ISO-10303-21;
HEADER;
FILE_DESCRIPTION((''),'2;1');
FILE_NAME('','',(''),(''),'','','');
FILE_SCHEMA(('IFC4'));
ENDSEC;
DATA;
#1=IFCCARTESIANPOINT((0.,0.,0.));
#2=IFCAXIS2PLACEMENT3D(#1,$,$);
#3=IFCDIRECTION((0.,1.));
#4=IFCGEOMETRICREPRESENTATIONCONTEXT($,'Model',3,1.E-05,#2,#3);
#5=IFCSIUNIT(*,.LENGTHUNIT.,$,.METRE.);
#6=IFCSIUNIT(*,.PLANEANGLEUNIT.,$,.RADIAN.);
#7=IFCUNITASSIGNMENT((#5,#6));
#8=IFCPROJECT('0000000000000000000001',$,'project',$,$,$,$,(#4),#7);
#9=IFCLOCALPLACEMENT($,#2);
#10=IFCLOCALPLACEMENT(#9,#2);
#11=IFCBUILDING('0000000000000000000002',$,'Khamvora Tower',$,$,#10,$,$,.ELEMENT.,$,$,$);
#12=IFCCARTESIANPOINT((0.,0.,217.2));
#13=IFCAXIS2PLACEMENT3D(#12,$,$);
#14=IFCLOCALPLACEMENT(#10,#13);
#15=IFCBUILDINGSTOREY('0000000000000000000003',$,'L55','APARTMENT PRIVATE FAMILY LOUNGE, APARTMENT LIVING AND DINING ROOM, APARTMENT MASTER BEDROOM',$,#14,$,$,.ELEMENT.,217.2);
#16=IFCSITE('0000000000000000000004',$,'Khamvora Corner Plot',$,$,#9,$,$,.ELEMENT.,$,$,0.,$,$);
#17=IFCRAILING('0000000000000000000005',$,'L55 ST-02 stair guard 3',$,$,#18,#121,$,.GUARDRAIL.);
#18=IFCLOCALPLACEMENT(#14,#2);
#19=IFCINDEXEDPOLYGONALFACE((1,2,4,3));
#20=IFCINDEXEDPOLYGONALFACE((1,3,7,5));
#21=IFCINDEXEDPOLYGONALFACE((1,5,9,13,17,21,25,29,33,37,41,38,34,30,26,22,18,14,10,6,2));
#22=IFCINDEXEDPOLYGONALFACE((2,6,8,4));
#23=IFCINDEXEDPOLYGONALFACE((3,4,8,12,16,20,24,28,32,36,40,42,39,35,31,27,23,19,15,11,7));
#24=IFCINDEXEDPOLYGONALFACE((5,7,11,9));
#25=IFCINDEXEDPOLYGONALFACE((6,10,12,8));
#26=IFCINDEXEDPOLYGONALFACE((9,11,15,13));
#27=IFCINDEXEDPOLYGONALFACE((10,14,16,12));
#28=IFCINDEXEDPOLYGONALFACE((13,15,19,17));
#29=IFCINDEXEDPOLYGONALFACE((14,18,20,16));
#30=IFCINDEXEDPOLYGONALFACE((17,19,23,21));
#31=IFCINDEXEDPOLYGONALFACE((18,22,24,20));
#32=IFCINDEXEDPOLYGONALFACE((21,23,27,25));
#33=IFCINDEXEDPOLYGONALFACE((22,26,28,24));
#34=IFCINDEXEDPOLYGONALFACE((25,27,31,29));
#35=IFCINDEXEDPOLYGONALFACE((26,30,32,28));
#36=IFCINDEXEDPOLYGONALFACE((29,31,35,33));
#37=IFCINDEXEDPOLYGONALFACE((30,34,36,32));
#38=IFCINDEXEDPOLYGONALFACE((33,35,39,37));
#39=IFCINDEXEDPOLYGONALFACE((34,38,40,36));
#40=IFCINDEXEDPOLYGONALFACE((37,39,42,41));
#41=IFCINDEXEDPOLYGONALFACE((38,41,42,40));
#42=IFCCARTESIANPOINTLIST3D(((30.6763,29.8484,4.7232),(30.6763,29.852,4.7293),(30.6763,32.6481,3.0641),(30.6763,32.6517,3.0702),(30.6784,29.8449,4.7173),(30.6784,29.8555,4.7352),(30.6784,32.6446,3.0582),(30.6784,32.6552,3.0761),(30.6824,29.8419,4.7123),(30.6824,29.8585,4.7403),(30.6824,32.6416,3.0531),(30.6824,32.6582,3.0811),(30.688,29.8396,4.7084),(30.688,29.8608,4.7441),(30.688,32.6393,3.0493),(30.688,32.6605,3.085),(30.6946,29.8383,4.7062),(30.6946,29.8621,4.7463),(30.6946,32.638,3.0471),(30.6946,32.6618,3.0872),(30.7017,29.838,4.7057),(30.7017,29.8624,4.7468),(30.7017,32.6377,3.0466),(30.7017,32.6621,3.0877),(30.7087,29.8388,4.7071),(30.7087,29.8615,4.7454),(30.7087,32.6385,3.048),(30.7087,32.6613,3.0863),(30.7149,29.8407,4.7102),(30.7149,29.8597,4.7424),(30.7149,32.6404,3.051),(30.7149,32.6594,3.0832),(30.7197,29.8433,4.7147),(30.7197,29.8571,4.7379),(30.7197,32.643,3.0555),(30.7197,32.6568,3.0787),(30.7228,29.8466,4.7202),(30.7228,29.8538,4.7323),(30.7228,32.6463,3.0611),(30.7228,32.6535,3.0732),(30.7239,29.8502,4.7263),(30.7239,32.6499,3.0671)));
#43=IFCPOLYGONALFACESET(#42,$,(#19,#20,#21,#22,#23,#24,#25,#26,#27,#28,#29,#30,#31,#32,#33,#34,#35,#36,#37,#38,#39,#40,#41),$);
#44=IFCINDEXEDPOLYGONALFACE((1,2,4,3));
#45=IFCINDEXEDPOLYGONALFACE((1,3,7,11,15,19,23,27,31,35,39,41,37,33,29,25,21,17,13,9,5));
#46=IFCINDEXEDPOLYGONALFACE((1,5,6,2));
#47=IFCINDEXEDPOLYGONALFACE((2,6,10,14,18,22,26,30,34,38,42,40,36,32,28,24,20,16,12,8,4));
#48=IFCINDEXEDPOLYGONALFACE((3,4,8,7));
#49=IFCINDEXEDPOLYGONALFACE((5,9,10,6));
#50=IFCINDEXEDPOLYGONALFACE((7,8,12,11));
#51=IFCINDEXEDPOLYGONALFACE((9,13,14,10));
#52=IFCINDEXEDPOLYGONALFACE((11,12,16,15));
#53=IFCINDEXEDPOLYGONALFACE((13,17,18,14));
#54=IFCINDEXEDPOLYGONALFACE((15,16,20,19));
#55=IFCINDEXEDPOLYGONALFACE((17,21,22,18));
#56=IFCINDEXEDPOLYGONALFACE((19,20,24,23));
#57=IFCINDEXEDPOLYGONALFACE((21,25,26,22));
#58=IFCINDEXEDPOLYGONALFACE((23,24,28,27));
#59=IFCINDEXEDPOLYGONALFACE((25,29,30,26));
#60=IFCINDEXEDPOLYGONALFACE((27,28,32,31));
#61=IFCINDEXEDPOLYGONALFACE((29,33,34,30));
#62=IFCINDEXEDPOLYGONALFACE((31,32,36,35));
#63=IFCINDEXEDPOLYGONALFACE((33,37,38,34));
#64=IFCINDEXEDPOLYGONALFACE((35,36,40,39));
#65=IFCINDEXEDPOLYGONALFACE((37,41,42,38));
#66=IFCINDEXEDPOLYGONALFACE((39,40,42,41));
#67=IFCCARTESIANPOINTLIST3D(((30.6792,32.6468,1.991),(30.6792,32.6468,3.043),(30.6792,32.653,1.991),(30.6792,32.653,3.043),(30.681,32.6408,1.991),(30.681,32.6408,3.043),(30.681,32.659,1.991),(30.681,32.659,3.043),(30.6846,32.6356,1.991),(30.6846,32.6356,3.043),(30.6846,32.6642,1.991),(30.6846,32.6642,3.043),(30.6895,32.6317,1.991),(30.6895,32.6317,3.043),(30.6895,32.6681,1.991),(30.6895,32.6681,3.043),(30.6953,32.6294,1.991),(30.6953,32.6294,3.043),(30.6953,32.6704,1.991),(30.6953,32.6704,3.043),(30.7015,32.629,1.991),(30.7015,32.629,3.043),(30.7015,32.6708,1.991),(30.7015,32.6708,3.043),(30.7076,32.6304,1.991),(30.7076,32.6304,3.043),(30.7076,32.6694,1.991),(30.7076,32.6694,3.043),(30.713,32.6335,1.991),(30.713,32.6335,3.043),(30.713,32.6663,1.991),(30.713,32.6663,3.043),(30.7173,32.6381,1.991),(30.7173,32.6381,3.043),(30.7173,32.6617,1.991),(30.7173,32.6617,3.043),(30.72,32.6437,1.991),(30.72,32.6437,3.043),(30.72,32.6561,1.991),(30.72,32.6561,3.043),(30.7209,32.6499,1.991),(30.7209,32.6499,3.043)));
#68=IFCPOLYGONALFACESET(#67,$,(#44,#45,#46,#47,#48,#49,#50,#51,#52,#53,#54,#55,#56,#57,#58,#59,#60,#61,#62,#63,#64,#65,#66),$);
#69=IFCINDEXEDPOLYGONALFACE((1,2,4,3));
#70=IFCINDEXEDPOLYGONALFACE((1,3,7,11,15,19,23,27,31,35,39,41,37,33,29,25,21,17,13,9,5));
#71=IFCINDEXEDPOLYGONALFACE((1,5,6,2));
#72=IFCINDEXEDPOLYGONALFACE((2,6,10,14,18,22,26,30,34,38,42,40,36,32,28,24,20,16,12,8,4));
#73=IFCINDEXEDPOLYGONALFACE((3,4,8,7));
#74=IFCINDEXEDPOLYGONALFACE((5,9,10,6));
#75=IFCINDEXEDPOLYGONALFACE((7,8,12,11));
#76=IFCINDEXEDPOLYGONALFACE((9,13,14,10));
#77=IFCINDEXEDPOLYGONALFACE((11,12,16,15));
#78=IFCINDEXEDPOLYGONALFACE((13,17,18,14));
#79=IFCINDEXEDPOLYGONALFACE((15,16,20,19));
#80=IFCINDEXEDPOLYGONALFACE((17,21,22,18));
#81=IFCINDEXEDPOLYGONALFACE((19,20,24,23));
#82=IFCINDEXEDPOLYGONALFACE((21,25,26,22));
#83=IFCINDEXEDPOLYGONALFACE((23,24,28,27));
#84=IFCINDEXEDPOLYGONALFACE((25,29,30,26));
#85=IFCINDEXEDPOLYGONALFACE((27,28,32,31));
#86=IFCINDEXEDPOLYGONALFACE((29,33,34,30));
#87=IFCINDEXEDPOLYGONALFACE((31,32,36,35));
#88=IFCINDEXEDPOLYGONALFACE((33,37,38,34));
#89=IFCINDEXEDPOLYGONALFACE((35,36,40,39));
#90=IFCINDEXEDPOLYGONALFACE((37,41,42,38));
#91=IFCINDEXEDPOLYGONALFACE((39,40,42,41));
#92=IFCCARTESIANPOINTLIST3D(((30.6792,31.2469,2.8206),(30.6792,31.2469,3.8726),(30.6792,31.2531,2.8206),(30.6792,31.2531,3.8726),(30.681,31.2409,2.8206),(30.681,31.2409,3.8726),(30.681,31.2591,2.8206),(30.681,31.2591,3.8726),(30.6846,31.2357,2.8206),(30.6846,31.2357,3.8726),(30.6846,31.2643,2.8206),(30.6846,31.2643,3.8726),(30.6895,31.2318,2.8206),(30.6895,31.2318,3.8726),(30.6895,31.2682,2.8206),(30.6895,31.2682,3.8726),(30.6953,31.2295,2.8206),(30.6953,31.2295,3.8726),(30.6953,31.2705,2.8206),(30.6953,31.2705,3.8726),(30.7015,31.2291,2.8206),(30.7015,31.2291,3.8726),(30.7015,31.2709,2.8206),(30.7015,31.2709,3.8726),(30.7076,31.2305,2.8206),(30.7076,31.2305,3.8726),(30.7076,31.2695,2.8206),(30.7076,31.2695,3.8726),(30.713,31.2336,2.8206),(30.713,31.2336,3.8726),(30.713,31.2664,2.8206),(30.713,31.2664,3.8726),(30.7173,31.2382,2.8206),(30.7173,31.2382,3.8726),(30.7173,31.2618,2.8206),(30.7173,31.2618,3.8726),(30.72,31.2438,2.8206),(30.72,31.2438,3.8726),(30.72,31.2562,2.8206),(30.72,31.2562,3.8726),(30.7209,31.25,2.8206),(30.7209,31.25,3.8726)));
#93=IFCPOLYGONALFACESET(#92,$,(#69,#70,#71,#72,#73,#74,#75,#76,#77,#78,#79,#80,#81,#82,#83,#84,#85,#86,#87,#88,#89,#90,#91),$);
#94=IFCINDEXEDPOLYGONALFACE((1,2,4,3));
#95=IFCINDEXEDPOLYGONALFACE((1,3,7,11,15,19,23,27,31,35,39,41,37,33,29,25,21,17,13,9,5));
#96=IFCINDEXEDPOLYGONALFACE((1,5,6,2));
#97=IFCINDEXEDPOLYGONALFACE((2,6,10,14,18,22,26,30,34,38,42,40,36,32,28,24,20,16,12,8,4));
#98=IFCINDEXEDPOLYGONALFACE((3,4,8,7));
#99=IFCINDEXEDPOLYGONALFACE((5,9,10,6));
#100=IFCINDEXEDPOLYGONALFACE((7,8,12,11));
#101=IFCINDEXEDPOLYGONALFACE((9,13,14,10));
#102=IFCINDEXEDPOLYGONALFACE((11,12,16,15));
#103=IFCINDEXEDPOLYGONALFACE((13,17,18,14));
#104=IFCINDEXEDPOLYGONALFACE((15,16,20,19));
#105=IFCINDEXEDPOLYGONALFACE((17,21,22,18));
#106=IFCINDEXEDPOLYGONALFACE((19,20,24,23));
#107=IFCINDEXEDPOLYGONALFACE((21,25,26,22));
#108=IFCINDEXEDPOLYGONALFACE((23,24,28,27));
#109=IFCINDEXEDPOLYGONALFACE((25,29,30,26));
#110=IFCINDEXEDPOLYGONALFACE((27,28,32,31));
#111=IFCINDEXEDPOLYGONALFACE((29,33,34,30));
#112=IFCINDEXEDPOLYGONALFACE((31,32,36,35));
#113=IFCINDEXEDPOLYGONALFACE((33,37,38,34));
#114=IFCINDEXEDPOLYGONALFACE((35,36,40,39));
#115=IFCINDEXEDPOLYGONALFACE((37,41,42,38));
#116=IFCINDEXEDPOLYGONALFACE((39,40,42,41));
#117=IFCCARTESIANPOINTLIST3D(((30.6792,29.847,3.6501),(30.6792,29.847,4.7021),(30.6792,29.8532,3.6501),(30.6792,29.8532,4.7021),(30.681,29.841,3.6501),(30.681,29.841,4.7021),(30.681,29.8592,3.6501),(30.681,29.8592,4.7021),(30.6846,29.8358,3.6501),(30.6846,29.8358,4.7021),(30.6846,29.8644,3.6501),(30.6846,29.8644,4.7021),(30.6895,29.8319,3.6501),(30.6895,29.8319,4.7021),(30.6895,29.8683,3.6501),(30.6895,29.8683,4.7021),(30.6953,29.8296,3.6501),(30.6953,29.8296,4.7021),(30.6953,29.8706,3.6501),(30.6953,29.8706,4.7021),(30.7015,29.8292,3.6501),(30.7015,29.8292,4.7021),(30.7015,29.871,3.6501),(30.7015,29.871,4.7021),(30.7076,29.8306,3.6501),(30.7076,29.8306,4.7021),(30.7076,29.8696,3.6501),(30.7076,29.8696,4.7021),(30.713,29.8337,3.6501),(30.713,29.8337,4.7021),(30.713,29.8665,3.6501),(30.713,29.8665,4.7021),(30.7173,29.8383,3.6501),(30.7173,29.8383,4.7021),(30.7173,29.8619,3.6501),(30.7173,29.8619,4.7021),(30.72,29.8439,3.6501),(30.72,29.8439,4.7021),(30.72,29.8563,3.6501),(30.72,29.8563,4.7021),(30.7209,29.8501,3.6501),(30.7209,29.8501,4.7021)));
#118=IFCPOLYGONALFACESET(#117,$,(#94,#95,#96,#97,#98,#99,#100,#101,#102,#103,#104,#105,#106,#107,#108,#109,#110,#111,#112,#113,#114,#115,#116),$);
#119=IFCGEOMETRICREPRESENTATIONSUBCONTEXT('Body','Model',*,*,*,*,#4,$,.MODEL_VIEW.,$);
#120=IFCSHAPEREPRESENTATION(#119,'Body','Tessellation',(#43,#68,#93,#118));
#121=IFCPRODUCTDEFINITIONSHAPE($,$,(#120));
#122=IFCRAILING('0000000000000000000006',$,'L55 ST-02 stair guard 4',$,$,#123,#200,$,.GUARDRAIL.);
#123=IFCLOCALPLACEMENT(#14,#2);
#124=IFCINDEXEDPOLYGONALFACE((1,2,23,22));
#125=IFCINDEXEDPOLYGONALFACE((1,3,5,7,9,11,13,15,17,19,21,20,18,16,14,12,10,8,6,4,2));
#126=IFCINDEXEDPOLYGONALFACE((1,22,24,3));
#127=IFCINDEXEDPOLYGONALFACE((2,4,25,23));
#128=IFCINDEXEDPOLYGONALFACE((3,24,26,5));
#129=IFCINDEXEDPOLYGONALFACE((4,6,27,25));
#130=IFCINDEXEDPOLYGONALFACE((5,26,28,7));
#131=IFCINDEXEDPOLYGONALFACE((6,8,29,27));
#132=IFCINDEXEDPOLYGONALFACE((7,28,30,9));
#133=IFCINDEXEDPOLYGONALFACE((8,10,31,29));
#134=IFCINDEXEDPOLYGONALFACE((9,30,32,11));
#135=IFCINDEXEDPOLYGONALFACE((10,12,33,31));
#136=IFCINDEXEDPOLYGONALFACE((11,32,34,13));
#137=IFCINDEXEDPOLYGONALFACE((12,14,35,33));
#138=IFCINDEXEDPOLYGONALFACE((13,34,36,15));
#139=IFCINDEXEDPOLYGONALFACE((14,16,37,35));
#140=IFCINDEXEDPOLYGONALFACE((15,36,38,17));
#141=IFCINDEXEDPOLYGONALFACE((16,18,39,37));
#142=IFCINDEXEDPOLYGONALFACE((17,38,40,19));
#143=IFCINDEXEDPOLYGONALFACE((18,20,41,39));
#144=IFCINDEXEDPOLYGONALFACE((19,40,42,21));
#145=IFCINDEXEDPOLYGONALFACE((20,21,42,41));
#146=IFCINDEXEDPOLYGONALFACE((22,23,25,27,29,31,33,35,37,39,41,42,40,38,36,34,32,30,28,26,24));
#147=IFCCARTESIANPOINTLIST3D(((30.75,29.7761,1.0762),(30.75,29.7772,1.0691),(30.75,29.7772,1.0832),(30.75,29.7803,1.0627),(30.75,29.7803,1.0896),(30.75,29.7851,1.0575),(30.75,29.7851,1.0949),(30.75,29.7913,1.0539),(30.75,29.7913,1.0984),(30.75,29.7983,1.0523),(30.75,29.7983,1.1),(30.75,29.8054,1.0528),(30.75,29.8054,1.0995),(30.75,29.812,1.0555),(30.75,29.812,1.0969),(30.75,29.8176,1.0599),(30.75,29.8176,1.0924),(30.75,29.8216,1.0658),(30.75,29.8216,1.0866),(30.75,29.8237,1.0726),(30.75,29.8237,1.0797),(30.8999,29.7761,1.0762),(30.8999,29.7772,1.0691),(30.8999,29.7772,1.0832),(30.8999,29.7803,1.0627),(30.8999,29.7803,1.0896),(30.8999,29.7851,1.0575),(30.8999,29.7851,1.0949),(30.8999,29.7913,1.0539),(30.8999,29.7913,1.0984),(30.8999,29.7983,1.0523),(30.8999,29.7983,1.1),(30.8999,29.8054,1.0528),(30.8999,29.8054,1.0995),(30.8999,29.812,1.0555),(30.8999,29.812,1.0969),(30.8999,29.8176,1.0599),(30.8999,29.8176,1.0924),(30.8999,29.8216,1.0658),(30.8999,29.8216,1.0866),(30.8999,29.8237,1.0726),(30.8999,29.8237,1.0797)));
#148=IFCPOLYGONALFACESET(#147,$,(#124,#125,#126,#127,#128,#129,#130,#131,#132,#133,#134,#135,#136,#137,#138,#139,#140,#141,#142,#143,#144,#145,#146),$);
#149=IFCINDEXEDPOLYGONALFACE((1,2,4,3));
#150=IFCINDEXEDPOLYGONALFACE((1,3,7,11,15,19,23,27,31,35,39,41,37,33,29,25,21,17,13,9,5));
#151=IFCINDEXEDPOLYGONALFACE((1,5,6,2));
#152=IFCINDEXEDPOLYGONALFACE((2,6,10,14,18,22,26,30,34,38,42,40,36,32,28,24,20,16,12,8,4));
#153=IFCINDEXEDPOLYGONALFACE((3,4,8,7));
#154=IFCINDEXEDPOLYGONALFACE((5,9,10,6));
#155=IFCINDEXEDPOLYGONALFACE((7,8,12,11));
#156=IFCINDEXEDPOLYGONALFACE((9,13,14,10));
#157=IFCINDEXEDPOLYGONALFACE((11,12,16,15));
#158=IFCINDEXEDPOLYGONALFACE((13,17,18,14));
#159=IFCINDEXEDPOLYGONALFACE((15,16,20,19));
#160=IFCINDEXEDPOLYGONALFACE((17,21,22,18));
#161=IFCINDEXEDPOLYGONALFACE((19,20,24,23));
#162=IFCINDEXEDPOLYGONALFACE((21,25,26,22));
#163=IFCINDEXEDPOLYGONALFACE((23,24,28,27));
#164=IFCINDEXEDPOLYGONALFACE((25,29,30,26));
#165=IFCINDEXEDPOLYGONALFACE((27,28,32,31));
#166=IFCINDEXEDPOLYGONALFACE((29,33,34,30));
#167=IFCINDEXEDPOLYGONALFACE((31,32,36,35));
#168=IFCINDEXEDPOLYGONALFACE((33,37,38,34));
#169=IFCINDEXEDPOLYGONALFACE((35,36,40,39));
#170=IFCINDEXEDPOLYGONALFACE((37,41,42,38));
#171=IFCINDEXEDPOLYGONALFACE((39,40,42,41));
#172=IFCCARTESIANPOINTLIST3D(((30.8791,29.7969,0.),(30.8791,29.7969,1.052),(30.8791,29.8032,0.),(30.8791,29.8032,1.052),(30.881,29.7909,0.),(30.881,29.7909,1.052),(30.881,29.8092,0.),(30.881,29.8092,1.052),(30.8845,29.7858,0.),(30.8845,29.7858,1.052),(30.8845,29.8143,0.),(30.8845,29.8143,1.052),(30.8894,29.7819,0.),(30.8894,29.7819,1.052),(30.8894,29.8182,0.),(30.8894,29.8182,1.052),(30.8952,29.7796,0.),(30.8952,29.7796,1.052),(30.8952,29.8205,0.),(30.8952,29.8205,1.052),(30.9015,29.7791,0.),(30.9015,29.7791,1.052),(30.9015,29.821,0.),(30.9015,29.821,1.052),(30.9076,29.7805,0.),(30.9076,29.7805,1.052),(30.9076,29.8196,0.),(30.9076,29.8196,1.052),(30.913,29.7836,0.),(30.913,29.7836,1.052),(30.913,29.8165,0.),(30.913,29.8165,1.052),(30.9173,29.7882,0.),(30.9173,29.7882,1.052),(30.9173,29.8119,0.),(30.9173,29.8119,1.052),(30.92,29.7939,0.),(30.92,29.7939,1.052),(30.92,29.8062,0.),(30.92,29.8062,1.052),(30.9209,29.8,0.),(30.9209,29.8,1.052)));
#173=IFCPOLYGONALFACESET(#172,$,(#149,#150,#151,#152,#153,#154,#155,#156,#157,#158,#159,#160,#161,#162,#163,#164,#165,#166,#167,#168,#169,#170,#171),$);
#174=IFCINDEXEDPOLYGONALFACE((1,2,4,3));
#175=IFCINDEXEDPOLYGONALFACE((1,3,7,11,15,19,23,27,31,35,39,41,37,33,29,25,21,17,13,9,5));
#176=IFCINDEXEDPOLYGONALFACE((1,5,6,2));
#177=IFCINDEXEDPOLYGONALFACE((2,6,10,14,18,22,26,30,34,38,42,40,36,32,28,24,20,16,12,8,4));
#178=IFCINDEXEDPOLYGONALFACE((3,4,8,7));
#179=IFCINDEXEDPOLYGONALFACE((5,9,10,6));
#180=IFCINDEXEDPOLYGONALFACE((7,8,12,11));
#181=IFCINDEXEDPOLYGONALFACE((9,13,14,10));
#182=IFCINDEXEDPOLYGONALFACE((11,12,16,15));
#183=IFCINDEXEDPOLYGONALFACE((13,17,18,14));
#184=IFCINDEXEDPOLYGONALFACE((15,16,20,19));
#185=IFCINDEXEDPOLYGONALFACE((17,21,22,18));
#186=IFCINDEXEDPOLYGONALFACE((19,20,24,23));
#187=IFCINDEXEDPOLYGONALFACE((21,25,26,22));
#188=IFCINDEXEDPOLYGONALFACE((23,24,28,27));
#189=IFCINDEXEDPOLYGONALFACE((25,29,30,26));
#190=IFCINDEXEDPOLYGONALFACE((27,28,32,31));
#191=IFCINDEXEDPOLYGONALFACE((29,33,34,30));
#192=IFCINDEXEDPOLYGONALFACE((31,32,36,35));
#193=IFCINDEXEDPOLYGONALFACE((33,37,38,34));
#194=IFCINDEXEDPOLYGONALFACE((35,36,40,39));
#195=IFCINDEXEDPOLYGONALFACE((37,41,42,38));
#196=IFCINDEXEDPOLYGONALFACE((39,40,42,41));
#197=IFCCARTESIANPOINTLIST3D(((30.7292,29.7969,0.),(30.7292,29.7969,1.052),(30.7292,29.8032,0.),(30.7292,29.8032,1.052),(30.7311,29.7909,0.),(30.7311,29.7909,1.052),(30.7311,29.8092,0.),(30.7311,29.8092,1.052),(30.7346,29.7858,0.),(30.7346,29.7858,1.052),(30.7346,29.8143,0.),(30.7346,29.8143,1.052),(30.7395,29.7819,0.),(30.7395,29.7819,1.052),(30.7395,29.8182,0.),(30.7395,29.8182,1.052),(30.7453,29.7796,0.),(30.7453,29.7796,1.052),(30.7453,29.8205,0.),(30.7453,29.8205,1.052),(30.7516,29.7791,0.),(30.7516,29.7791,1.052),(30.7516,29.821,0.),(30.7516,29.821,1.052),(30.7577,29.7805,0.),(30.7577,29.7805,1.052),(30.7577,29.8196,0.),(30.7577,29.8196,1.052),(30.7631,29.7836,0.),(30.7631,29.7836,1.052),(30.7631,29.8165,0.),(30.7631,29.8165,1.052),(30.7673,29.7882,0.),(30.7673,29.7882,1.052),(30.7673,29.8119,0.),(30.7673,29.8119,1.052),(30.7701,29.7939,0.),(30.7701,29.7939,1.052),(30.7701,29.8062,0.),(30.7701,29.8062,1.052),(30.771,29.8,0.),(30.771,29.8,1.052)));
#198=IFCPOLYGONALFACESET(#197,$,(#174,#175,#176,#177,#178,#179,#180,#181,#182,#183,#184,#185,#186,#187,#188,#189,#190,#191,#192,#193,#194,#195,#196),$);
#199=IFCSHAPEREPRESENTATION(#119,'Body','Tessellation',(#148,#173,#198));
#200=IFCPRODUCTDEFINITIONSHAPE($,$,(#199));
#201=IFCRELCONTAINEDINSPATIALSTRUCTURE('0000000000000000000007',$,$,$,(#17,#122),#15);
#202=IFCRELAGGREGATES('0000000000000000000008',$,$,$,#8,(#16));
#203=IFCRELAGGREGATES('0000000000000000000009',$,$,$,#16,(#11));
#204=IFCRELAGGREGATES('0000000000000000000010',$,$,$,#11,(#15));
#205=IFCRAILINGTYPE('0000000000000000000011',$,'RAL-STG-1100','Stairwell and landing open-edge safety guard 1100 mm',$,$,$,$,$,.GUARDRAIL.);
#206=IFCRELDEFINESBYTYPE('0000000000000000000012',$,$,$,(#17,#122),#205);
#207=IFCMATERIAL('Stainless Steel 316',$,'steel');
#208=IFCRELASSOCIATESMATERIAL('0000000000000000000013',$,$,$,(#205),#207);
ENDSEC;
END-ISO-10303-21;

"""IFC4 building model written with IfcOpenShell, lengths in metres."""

from ifc_helpers import new_model, si_unit, direction, frame, origin, origin_2d, place, context, subcontext, project, spatial, circle, extrude, material, type_object, element, save


model = new_model("IFC4")

# Units and contexts
model_context = context("Model", 3, precision=1e-05, world=origin(), true_north=direction((0.0, 1.0)))
body_context = subcontext(model_context, "Body", "Model", "MODEL_VIEW")
ifc_project = project(units=[si_unit("LENGTHUNIT", "METRE"), si_unit("PLANEANGLEUNIT", "RADIAN")], contexts=[model_context])

# Site, building, storey
site_placement = place(None, origin())
site = spatial("IfcSite", under=ifc_project, at=site_placement, Name="Khamvora Corner Plot", CompositionType="ELEMENT", RefElevation=0.0)
building_placement = place(site_placement, origin())
building = spatial("IfcBuilding", under=site, at=building_placement, Name="Khamvora Tower", CompositionType="ELEMENT")
storey_placement = place(building_placement, frame((0.0, 0.0, 217.2)))
storey = spatial("IfcBuildingStorey", under=building, at=storey_placement, Name="L55", Description="APARTMENT PRIVATE FAMILY LOUNGE, APARTMENT LIVING AND DINING ROOM, APARTMENT MASTER BEDROOM", CompositionType="ELEMENT", Elevation=217.2)

# Railings
ifc_material_1 = material(Name="Stainless Steel 316", Category="steel")
railing_type_1 = type_object("IfcRailingType", Name="RAL-STG-1100", Description="Stairwell and landing open-edge safety guard 1100 mm", PredefinedType="GUARDRAIL", material=ifc_material_1)
railing_1_placement = place(storey_placement, frame((30.7, 32.6499, 1.991)))
element("IfcRailing", 1, at=railing_1_placement, inside=storey, type_object=railing_type_1, Name="L55 ST-02 stair guard 3", PredefinedType="GUARDRAIL", context=body_context, shape_type="SweptSolid", body=[
    extrude(circle(Radius=0.0239, at=origin_2d()), frame((0.0, 0.0, 1.0762), z_axis=(0.0, -0.860287, 0.509811), x_axis=(1.0, 0.0, 0.0)), (0.0, 0.0, 1.0), 3.2544),
    extrude(circle(Radius=0.021, at=origin_2d()), origin(), (0.0, 0.0, 1.0), 1.052),
    extrude(circle(Radius=0.021, at=origin_2d()), frame((0.0, -1.3999, 0.8296)), (0.0, 0.0, 1.0), 1.052),
    extrude(circle(Radius=0.021, at=origin_2d()), frame((0.0, -2.7998, 1.6592)), (0.0, 0.0, 1.0), 1.052),
])
railing_2_placement = place(storey_placement, frame((30.8999, 29.8, 0.0)))
element("IfcRailing", 2, at=railing_2_placement, inside=storey, type_object=railing_type_1, Name="L55 ST-02 stair guard 4", PredefinedType="GUARDRAIL", context=body_context, shape_type="SweptSolid", body=[
    extrude(circle(Radius=0.0239, at=origin_2d()), frame((0.0, 0.0, 1.0762), z_axis=(-1.0, 0.0, 0.0), x_axis=(0.0, -1.0, 0.0)), (0.0, 0.0, 1.0), 0.1499),
    extrude(circle(Radius=0.021, at=origin_2d()), origin(), (0.0, 0.0, 1.0), 1.052),
    extrude(circle(Radius=0.021, at=origin_2d()), frame((-0.1499, 0.0, 0.0)), (0.0, 0.0, 1.0), 1.052),
])

save(model, "model.ifc")
